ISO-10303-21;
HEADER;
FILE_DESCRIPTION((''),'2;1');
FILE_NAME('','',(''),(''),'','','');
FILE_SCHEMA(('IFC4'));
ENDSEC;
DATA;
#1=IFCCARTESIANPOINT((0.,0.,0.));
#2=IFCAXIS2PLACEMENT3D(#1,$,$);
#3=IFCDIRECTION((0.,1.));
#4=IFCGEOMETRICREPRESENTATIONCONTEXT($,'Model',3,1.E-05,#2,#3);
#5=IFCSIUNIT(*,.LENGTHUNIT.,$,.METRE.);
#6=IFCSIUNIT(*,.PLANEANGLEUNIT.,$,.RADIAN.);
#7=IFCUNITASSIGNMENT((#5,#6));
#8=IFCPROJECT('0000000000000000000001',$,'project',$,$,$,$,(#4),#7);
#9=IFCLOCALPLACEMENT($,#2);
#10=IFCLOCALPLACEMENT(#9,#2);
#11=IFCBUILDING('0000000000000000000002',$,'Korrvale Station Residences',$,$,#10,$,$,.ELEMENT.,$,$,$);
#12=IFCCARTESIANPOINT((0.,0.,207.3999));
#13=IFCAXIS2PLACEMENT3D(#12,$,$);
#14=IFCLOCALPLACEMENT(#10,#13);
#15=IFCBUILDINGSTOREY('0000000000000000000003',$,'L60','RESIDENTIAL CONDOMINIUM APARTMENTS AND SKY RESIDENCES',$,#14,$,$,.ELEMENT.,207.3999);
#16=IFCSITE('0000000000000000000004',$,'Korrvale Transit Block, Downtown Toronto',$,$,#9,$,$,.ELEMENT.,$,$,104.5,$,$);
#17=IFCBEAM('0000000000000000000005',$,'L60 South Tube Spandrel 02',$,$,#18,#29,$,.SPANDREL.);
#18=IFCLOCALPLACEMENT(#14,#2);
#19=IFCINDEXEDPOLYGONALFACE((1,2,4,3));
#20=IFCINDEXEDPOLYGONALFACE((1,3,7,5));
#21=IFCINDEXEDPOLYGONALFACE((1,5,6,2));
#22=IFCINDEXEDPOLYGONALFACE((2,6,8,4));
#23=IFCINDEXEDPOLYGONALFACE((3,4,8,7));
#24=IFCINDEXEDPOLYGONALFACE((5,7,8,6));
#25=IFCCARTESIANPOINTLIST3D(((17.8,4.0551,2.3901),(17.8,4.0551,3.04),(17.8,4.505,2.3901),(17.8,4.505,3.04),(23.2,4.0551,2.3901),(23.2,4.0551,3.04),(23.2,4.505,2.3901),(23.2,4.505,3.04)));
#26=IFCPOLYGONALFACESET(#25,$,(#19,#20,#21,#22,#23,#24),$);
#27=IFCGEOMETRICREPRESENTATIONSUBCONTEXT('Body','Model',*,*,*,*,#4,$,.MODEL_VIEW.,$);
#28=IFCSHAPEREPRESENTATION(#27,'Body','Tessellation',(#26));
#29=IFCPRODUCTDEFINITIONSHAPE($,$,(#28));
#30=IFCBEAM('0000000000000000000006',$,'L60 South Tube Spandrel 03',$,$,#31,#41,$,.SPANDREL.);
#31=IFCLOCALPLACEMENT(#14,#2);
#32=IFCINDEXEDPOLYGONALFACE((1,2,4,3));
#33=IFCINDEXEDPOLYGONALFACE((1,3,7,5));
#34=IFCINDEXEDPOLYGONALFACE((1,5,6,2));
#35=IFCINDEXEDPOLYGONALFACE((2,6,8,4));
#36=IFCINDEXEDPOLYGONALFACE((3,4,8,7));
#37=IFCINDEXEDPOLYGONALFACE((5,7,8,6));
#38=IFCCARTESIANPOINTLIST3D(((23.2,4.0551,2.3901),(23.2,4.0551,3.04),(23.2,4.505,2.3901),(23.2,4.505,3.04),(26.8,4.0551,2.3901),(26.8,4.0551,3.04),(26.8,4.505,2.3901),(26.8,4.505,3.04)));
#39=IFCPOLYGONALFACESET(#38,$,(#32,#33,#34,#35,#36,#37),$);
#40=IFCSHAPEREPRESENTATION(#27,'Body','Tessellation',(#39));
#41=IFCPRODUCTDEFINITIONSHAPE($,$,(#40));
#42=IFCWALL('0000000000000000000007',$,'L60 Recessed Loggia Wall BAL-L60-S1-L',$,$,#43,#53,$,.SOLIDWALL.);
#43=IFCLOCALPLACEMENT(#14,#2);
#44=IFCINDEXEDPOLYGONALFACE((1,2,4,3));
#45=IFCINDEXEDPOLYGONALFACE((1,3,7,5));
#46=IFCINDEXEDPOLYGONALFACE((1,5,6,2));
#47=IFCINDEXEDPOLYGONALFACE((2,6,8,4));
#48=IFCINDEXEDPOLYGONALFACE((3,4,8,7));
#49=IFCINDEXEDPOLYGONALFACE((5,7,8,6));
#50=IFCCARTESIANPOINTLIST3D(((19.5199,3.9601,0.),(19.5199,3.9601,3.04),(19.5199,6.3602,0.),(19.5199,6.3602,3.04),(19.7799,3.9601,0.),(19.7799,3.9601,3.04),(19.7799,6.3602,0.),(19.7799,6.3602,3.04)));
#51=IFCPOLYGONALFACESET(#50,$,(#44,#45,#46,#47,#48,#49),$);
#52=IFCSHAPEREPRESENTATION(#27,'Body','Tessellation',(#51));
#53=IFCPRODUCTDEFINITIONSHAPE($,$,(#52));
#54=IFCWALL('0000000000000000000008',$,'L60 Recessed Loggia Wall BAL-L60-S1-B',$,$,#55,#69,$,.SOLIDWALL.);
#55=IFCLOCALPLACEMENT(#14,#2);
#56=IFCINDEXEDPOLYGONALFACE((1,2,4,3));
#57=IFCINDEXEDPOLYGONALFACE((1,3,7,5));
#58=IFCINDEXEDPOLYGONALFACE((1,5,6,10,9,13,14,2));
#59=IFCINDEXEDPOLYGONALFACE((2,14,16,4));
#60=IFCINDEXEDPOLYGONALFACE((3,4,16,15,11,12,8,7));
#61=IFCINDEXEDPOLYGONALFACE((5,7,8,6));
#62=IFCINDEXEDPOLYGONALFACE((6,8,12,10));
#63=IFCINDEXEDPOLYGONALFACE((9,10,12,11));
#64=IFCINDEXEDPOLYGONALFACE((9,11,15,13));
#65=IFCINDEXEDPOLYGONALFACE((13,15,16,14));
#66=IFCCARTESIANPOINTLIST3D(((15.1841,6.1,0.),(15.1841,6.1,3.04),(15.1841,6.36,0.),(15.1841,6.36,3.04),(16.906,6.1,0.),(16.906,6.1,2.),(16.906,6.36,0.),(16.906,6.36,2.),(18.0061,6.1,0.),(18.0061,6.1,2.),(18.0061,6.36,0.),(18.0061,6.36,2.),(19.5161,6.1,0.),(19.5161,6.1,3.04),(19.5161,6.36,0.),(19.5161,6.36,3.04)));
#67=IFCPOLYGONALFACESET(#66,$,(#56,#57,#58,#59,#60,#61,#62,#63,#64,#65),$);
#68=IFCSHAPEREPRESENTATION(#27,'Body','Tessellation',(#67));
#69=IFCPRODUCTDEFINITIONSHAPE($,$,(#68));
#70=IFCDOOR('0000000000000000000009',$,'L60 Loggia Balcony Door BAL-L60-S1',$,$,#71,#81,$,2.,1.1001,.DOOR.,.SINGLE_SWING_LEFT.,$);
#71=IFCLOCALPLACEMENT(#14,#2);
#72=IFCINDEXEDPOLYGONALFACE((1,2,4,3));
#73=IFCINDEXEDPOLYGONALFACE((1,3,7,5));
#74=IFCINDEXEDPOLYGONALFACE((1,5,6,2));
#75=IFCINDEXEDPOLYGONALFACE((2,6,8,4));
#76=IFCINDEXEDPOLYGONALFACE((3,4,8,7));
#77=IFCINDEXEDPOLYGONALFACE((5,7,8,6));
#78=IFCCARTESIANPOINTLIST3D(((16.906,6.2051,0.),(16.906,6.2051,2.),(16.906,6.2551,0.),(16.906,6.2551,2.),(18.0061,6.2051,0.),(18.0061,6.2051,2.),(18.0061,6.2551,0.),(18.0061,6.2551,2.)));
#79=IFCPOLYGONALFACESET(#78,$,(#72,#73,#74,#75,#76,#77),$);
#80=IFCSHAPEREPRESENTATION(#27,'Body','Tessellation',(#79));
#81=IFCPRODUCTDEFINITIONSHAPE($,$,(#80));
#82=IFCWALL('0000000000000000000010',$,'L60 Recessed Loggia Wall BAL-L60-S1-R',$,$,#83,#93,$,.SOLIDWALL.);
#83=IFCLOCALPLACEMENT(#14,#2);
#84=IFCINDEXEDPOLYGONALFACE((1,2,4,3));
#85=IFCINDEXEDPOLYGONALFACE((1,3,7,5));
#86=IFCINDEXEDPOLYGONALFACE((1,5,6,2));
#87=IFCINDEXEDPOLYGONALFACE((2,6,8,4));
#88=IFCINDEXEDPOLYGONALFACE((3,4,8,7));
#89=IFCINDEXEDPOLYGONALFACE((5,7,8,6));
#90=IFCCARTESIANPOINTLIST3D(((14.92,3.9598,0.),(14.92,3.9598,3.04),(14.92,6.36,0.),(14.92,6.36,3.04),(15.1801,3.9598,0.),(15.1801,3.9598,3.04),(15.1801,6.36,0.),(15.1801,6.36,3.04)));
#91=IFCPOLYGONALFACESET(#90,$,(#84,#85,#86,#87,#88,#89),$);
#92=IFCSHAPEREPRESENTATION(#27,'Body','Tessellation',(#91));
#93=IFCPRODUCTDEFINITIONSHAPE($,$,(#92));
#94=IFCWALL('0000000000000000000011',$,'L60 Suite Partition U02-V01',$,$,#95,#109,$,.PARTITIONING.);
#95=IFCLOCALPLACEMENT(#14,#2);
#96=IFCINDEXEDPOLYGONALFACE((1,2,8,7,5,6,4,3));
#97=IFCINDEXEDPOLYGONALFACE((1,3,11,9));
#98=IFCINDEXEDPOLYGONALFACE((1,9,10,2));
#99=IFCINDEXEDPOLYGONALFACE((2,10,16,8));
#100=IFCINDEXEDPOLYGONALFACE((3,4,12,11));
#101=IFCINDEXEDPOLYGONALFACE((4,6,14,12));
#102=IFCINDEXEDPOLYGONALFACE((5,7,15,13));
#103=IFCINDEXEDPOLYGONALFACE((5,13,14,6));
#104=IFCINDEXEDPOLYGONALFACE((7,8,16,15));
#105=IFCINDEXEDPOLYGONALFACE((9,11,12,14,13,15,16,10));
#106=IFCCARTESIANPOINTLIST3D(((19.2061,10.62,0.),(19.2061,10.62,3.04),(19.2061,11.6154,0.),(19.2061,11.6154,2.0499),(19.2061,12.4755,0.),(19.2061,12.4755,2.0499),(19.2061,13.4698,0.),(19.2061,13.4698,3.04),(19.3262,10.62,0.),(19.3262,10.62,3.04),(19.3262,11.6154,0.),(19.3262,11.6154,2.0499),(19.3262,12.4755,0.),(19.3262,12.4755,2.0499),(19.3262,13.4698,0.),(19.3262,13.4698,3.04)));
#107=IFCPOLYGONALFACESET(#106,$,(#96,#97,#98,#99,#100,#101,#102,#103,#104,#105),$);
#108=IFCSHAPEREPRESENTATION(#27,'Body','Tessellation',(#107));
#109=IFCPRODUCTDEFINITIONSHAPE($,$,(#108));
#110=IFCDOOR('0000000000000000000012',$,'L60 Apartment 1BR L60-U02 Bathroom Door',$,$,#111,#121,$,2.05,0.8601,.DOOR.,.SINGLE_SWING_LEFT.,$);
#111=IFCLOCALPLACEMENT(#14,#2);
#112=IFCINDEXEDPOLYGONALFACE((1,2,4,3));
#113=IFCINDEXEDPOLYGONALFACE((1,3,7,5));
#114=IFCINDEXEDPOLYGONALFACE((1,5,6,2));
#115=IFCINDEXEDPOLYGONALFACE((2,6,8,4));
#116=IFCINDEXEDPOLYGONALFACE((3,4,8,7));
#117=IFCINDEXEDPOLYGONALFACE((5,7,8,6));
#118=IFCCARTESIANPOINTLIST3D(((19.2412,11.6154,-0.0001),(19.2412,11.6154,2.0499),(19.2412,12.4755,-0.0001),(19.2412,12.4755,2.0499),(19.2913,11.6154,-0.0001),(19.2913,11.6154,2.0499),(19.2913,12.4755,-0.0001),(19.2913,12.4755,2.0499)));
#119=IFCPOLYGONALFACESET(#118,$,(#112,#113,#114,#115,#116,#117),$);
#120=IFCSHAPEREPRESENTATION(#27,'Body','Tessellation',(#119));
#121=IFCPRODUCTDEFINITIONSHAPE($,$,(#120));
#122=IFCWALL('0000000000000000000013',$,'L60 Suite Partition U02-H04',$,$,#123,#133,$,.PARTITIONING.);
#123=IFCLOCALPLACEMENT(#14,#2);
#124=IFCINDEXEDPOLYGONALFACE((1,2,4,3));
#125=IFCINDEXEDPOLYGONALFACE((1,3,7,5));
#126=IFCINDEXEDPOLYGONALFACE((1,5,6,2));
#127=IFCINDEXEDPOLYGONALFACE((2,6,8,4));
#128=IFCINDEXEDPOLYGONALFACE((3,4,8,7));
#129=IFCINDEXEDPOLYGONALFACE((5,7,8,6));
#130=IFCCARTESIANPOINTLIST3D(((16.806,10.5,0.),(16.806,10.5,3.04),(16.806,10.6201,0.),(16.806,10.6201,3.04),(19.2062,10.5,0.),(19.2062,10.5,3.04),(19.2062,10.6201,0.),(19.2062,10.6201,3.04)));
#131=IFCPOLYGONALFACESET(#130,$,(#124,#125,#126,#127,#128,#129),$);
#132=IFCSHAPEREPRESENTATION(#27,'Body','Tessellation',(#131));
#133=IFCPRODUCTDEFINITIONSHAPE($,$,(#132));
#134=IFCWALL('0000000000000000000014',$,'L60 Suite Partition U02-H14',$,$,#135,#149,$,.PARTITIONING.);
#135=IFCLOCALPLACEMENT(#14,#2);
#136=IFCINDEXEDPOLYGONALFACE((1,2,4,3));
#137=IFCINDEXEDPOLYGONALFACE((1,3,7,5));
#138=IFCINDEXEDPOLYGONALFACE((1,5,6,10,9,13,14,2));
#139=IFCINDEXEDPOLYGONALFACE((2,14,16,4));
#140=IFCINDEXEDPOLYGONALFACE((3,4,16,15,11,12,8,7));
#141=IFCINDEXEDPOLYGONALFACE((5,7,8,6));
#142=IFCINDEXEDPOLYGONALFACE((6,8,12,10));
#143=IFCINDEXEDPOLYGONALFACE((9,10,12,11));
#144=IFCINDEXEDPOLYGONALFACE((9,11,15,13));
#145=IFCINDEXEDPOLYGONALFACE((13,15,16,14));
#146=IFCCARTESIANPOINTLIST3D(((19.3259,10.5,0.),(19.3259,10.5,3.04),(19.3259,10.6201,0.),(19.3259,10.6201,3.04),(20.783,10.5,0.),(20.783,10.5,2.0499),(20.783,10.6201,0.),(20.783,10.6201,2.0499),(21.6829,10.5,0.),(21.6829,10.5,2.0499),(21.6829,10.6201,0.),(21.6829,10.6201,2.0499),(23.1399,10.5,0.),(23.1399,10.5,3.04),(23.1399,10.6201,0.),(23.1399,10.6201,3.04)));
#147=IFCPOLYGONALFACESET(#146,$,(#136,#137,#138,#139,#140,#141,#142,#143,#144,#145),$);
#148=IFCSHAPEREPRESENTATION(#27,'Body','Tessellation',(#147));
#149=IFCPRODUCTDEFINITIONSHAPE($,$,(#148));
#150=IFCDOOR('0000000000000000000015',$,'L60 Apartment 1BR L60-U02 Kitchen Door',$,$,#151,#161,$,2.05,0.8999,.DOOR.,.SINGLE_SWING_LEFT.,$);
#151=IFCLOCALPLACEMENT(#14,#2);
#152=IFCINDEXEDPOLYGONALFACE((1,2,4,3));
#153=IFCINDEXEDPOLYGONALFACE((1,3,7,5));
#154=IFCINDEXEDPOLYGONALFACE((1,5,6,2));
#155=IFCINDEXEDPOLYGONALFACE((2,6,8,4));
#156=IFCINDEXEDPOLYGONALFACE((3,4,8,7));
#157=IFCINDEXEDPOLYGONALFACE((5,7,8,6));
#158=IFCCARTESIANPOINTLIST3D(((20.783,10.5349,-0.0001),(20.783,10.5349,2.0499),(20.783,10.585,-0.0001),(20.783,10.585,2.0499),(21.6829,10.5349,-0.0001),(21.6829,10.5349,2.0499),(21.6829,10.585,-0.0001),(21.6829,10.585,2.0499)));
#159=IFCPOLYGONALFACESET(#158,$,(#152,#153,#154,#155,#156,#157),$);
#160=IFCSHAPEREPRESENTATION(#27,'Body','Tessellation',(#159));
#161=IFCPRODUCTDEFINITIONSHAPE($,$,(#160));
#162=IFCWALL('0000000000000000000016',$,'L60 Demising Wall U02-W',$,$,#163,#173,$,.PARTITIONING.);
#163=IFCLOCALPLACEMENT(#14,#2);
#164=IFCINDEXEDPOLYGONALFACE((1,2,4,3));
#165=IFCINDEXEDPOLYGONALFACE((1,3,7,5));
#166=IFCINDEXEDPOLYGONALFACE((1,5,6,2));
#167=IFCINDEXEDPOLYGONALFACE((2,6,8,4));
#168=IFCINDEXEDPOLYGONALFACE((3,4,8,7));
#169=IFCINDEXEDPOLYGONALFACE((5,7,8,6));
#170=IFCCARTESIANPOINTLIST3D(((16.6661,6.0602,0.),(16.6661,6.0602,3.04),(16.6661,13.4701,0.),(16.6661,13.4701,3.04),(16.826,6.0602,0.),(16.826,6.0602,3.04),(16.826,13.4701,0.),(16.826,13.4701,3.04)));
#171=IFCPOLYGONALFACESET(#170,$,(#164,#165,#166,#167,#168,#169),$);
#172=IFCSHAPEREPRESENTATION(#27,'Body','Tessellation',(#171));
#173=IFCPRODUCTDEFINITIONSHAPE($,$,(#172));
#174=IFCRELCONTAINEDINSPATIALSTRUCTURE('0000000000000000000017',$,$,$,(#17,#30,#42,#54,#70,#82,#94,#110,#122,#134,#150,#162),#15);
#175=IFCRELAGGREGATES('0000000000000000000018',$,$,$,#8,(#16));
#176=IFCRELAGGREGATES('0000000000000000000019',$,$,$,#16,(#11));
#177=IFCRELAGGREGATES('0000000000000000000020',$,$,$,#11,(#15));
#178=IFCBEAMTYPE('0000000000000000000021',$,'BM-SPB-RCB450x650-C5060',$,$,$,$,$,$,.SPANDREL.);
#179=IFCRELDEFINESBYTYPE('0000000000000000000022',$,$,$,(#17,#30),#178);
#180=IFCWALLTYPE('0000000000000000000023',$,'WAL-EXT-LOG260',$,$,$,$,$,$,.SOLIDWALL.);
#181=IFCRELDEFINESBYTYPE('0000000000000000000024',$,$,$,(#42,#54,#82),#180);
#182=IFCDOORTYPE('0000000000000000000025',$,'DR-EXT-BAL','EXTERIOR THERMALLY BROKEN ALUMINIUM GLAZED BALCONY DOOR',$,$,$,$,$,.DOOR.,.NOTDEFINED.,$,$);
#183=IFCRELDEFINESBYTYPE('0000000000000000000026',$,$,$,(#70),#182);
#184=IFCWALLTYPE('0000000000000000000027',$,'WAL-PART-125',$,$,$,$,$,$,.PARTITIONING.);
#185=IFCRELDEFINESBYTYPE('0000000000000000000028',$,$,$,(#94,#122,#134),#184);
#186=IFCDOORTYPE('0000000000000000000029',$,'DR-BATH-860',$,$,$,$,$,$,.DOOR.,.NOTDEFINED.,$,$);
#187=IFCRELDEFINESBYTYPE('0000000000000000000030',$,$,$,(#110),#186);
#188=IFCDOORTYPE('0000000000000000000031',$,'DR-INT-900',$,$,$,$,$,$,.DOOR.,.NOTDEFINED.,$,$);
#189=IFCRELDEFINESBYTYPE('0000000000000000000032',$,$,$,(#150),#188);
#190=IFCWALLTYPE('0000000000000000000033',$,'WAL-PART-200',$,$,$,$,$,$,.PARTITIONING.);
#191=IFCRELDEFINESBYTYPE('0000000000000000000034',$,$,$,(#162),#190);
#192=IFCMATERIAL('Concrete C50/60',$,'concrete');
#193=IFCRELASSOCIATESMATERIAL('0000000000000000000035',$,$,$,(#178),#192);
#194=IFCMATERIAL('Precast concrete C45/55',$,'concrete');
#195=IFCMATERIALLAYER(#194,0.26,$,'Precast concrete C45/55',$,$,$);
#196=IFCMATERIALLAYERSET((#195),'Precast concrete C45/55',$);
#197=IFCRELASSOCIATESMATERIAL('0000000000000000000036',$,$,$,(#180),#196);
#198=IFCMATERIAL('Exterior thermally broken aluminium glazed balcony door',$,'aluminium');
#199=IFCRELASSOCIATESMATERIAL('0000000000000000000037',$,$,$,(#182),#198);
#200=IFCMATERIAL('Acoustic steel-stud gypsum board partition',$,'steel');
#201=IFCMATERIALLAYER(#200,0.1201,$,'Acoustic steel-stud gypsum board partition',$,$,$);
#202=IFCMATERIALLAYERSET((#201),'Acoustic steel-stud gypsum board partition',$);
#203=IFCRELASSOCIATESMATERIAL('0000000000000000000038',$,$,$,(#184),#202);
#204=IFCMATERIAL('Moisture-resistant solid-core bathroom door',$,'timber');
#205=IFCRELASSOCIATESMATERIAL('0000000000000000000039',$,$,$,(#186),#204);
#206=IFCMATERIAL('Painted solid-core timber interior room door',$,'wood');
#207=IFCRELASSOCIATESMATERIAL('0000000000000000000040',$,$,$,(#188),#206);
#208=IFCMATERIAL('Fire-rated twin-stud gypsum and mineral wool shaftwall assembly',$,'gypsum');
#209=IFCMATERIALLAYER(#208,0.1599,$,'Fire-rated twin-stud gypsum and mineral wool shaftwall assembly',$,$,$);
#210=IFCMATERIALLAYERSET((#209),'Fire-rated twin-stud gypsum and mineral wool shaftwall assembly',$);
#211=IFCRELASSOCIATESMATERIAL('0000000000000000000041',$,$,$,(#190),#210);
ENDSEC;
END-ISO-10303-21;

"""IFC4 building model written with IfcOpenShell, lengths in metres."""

from ifc_helpers import new_model, si_unit, direction, frame, frame_2d, origin, origin_2d, place, context, subcontext, project, spatial, rectangle, extrude, material, layer, layer_set, material_profile, profile_set, type_object, element, fill, save


model = new_model("IFC4")

# Units and contexts
model_context = context("Model", 3, precision=1e-05, world=origin(), true_north=direction((0.0, 1.0)))
body_context = subcontext(model_context, "Body", "Model", "MODEL_VIEW")
ifc_project = project(units=[si_unit("LENGTHUNIT", "METRE"), si_unit("PLANEANGLEUNIT", "RADIAN")], contexts=[model_context])

# Site, building, storey
site_placement = place(None, origin())
site = spatial("IfcSite", under=ifc_project, at=site_placement, Name="Korrvale Transit Block, Downtown Toronto", CompositionType="ELEMENT", RefElevation=104.5)
building_placement = place(site_placement, origin())
building = spatial("IfcBuilding", under=site, at=building_placement, Name="Korrvale Station Residences", CompositionType="ELEMENT")
storey_placement = place(building_placement, frame((0.0, 0.0, 207.3999)))
storey = spatial("IfcBuildingStorey", under=building, at=storey_placement, Name="L60", Description="RESIDENTIAL CONDOMINIUM APARTMENTS AND SKY RESIDENCES", CompositionType="ELEMENT", Elevation=207.3999)

# Shared definitions
ifc_material_1 = material(Name="Concrete C50/60", Category="concrete")

# Beams
ifc_material_profile_1 = material_profile(ifc_material_1, rectangle(XDim=0.45, YDim=0.6499, at=origin_2d()), Name="RCB450x650")
ifc_profile_set_1 = profile_set([ifc_material_profile_1], Name="Concrete C50/60")
beam_type_1 = type_object("IfcBeamType", Name="BM-SPB-RCB450x650-C5060", PredefinedType="SPANDREL", material=ifc_profile_set_1)
beam_1_placement = place(storey_placement, frame((17.8, 4.28, 2.7151), z_axis=(1.0, 0.0, 0.0), x_axis=(0.0, 1.0, 0.0)))
element("IfcBeam", 1, at=beam_1_placement, inside=storey, type_object=beam_type_1, Name="L60 South Tube Spandrel 02", PredefinedType="SPANDREL", context=body_context, shape_type="SweptSolid", body=[
    extrude(rectangle(XDim=0.45, YDim=0.6499, at=origin_2d()), origin(), (0.0, 0.0, 1.0), 5.3999),
])
beam_2_placement = place(storey_placement, frame((23.2, 4.28, 2.7151), z_axis=(1.0, 0.0, 0.0), x_axis=(0.0, 1.0, 0.0)))
element("IfcBeam", 2, at=beam_2_placement, inside=storey, type_object=beam_type_1, Name="L60 South Tube Spandrel 03", PredefinedType="SPANDREL", context=body_context, shape_type="SweptSolid", body=[
    extrude(rectangle(XDim=0.45, YDim=0.6499, at=origin_2d()), origin(), (0.0, 0.0, 1.0), 3.6001),
])

# Wall
ifc_material_2 = material(Name="Precast concrete C45/55", Category="concrete")
ifc_layer_1 = layer(ifc_material_2, 0.26, Name="Precast concrete C45/55")
ifc_layer_set_1 = layer_set([ifc_layer_1], Name="Precast concrete C45/55")
wall_type_1 = type_object("IfcWallType", Name="WAL-EXT-LOG260", PredefinedType="SOLIDWALL", material=ifc_layer_set_1)
wall_1_placement = place(storey_placement, frame((19.6499, 3.96, 0.0), z_axis=(0.0, 0.0, 1.0), x_axis=(0.0, 1.0, 0.0)))
element("IfcWall", 3, at=wall_1_placement, inside=storey, type_object=wall_type_1, Name="L60 Recessed Loggia Wall BAL-L60-S1-L", PredefinedType="SOLIDWALL", context=body_context, shape_type="SweptSolid", body=[
    extrude(rectangle(XDim=2.4001, YDim=0.26, at=frame_2d((1.2002, 0.0))), origin(), (0.0, 0.0, 1.0), 3.04),
])

# Wall, opening, door
wall_2_placement = place(storey_placement, frame((19.5161, 6.23, 0.0), z_axis=(0.0, 0.0, 1.0), x_axis=(-1.0, 0.0, 0.0)))
wall_2 = element("IfcWall", 4, at=wall_2_placement, inside=storey, type_object=wall_type_1, Name="L60 Recessed Loggia Wall BAL-L60-S1-B", PredefinedType="SOLIDWALL", context=body_context, shape_type="SweptSolid", body=[
    extrude(rectangle(XDim=4.332, YDim=0.26, at=frame_2d((2.166, 0.0))), origin(), (0.0, 0.0, 1.0), 3.04),
])
opening_1_placement = place(wall_2_placement, frame((1.51, 0.0, 0.0)))
opening_1 = element("IfcOpeningElement", 5, at=opening_1_placement, cuts=wall_2, PredefinedType="OPENING", context=body_context, shape_type="SweptSolid", body=[
    extrude(rectangle(XDim=1.1001, YDim=2.0, at=frame_2d((0.55, 1.0))), frame((0.0, 0.1401, 0.0), z_axis=(0.0, -1.0, 0.0), x_axis=(1.0, 0.0, 0.0)), (0.0, 0.0, 1.0), 0.28),
])
ifc_material_3 = material(Name="Exterior thermally broken aluminium glazed balcony door", Category="aluminium")
door_type_1 = type_object("IfcDoorType", Name="DR-EXT-BAL", Description="EXTERIOR THERMALLY BROKEN ALUMINIUM GLAZED BALCONY DOOR", OperationType="NOTDEFINED", PredefinedType="DOOR", material=ifc_material_3)
door_1_placement = place(opening_1_placement, origin())
door_1 = element("IfcDoor", 6, at=door_1_placement, inside=storey, type_object=door_type_1, Name="L60 Loggia Balcony Door BAL-L60-S1", OperationType="SINGLE_SWING_LEFT", OverallHeight=2.0, OverallWidth=1.1001, PredefinedType="DOOR", context=body_context, shape_type="SweptSolid", body=[
    extrude(rectangle(XDim=1.1001, YDim=2.0, at=frame_2d((0.55, 1.0))), frame((0.0, 0.0249, 0.0), z_axis=(0.0, -1.0, 0.0), x_axis=(1.0, 0.0, 0.0)), (0.0, 0.0, 1.0), 0.05),
])
fill(opening_1, door_1)

# Wall
wall_3_placement = place(storey_placement, frame((15.05, 6.3601, 0.0), z_axis=(0.0, 0.0, 1.0), x_axis=(0.0, -1.0, 0.0)))
element("IfcWall", 7, at=wall_3_placement, inside=storey, type_object=wall_type_1, Name="L60 Recessed Loggia Wall BAL-L60-S1-R", PredefinedType="SOLIDWALL", context=body_context, shape_type="SweptSolid", body=[
    extrude(rectangle(XDim=2.4001, YDim=0.26, at=frame_2d((1.2002, 0.0))), origin(), (0.0, 0.0, 1.0), 3.04),
])

# Wall, opening, door
ifc_material_4 = material(Name="Acoustic steel-stud gypsum board partition", Category="steel")
ifc_layer_2 = layer(ifc_material_4, 0.1201, Name="Acoustic steel-stud gypsum board partition")
ifc_layer_set_2 = layer_set([ifc_layer_2], Name="Acoustic steel-stud gypsum board partition")
wall_type_2 = type_object("IfcWallType", Name="WAL-PART-125", PredefinedType="PARTITIONING", material=ifc_layer_set_2)
wall_4_placement = place(storey_placement, frame((19.2661, 10.6201, 0.0), z_axis=(0.0, 0.0, 1.0), x_axis=(0.0, 1.0, 0.0)))
wall_4 = element("IfcWall", 8, at=wall_4_placement, inside=storey, type_object=wall_type_2, Name="L60 Suite Partition U02-V01", PredefinedType="PARTITIONING", context=body_context, shape_type="SweptSolid", body=[
    extrude(rectangle(XDim=2.8499, YDim=0.1201, at=frame_2d((1.4248, 0.0))), origin(), (0.0, 0.0, 1.0), 3.04),
])
opening_2_placement = place(wall_4_placement, frame((0.9951, 0.0, 0.0)))
opening_2 = element("IfcOpeningElement", 9, at=opening_2_placement, cuts=wall_4, PredefinedType="OPENING", context=body_context, shape_type="SweptSolid", body=[
    extrude(rectangle(XDim=0.8601, YDim=2.05, at=frame_2d((0.4302, 1.0249))), frame((0.0, 0.0701, 0.0), z_axis=(0.0, -1.0, 0.0), x_axis=(1.0, 0.0, 0.0)), (0.0, 0.0, 1.0), 0.1401),
])
ifc_material_5 = material(Name="Moisture-resistant solid-core bathroom door", Category="timber")
door_type_2 = type_object("IfcDoorType", Name="DR-BATH-860", OperationType="NOTDEFINED", PredefinedType="DOOR", material=ifc_material_5)
door_2_placement = place(opening_2_placement, origin())
door_2 = element("IfcDoor", 10, at=door_2_placement, inside=storey, type_object=door_type_2, Name="L60 Apartment 1BR L60-U02 Bathroom Door", OperationType="SINGLE_SWING_LEFT", OverallHeight=2.05, OverallWidth=0.8601, PredefinedType="DOOR", context=body_context, shape_type="SweptSolid", body=[
    extrude(rectangle(XDim=0.8601, YDim=2.05, at=frame_2d((0.4302, 1.0249))), frame((0.0, 0.0249, 0.0), z_axis=(0.0, -1.0, 0.0), x_axis=(1.0, 0.0, 0.0)), (0.0, 0.0, 1.0), 0.05),
])
fill(opening_2, door_2)

# Wall
wall_5_placement = place(storey_placement, frame((16.8059, 10.5601, 0.0), z_axis=(0.0, 0.0, 1.0), x_axis=(1.0, 0.0, 0.0)))
element("IfcWall", 11, at=wall_5_placement, inside=storey, type_object=wall_type_2, Name="L60 Suite Partition U02-H04", PredefinedType="PARTITIONING", context=body_context, shape_type="SweptSolid", body=[
    extrude(rectangle(XDim=2.4001, YDim=0.1201, at=frame_2d((1.2002, 0.0))), origin(), (0.0, 0.0, 1.0), 3.04),
])

# Wall, opening, door
wall_6_placement = place(storey_placement, frame((19.3259, 10.5601, 0.0), z_axis=(0.0, 0.0, 1.0), x_axis=(1.0, 0.0, 0.0)))
wall_6 = element("IfcWall", 12, at=wall_6_placement, inside=storey, type_object=wall_type_2, Name="L60 Suite Partition U02-H14", PredefinedType="PARTITIONING", context=body_context, shape_type="SweptSolid", body=[
    extrude(rectangle(XDim=3.814, YDim=0.1201, at=frame_2d((1.907, 0.0))), origin(), (0.0, 0.0, 1.0), 3.04),
])
opening_3_placement = place(wall_6_placement, frame((1.457, 0.0, 0.0)))
opening_3 = element("IfcOpeningElement", 13, at=opening_3_placement, cuts=wall_6, PredefinedType="OPENING", context=body_context, shape_type="SweptSolid", body=[
    extrude(rectangle(XDim=0.8999, YDim=2.05, at=frame_2d((0.45, 1.0249))), frame((0.0, 0.0701, 0.0), z_axis=(0.0, -1.0, 0.0), x_axis=(1.0, 0.0, 0.0)), (0.0, 0.0, 1.0), 0.1401),
])
ifc_material_6 = material(Name="Painted solid-core timber interior room door", Category="wood")
door_type_3 = type_object("IfcDoorType", Name="DR-INT-900", OperationType="NOTDEFINED", PredefinedType="DOOR", material=ifc_material_6)
door_3_placement = place(opening_3_placement, origin())
door_3 = element("IfcDoor", 14, at=door_3_placement, inside=storey, type_object=door_type_3, Name="L60 Apartment 1BR L60-U02 Kitchen Door", OperationType="SINGLE_SWING_LEFT", OverallHeight=2.05, OverallWidth=0.8999, PredefinedType="DOOR", context=body_context, shape_type="SweptSolid", body=[
    extrude(rectangle(XDim=0.8999, YDim=2.05, at=frame_2d((0.45, 1.0249))), frame((0.0, 0.0249, 0.0), z_axis=(0.0, -1.0, 0.0), x_axis=(1.0, 0.0, 0.0)), (0.0, 0.0, 1.0), 0.05),
])
fill(opening_3, door_3)

# Wall
ifc_material_7 = material(Name="Fire-rated twin-stud gypsum and mineral wool shaftwall assembly", Category="gypsum")
ifc_layer_3 = layer(ifc_material_7, 0.1599, Name="Fire-rated twin-stud gypsum and mineral wool shaftwall assembly")
ifc_layer_set_3 = layer_set([ifc_layer_3], Name="Fire-rated twin-stud gypsum and mineral wool shaftwall assembly")
wall_type_3 = type_object("IfcWallType", Name="WAL-PART-200", PredefinedType="PARTITIONING", material=ifc_layer_set_3)
wall_7_placement = place(storey_placement, frame((16.7461, 6.0601, 0.0), z_axis=(0.0, 0.0, 1.0), x_axis=(0.0, 1.0, 0.0)))
element("IfcWall", 15, at=wall_7_placement, inside=storey, type_object=wall_type_3, Name="L60 Demising Wall U02-W", PredefinedType="PARTITIONING", context=body_context, shape_type="SweptSolid", body=[
    extrude(rectangle(XDim=7.4099, YDim=0.1599, at=frame_2d((3.7051, 0.0))), origin(), (0.0, 0.0, 1.0), 3.04),
])

save(model, "model.ifc")
